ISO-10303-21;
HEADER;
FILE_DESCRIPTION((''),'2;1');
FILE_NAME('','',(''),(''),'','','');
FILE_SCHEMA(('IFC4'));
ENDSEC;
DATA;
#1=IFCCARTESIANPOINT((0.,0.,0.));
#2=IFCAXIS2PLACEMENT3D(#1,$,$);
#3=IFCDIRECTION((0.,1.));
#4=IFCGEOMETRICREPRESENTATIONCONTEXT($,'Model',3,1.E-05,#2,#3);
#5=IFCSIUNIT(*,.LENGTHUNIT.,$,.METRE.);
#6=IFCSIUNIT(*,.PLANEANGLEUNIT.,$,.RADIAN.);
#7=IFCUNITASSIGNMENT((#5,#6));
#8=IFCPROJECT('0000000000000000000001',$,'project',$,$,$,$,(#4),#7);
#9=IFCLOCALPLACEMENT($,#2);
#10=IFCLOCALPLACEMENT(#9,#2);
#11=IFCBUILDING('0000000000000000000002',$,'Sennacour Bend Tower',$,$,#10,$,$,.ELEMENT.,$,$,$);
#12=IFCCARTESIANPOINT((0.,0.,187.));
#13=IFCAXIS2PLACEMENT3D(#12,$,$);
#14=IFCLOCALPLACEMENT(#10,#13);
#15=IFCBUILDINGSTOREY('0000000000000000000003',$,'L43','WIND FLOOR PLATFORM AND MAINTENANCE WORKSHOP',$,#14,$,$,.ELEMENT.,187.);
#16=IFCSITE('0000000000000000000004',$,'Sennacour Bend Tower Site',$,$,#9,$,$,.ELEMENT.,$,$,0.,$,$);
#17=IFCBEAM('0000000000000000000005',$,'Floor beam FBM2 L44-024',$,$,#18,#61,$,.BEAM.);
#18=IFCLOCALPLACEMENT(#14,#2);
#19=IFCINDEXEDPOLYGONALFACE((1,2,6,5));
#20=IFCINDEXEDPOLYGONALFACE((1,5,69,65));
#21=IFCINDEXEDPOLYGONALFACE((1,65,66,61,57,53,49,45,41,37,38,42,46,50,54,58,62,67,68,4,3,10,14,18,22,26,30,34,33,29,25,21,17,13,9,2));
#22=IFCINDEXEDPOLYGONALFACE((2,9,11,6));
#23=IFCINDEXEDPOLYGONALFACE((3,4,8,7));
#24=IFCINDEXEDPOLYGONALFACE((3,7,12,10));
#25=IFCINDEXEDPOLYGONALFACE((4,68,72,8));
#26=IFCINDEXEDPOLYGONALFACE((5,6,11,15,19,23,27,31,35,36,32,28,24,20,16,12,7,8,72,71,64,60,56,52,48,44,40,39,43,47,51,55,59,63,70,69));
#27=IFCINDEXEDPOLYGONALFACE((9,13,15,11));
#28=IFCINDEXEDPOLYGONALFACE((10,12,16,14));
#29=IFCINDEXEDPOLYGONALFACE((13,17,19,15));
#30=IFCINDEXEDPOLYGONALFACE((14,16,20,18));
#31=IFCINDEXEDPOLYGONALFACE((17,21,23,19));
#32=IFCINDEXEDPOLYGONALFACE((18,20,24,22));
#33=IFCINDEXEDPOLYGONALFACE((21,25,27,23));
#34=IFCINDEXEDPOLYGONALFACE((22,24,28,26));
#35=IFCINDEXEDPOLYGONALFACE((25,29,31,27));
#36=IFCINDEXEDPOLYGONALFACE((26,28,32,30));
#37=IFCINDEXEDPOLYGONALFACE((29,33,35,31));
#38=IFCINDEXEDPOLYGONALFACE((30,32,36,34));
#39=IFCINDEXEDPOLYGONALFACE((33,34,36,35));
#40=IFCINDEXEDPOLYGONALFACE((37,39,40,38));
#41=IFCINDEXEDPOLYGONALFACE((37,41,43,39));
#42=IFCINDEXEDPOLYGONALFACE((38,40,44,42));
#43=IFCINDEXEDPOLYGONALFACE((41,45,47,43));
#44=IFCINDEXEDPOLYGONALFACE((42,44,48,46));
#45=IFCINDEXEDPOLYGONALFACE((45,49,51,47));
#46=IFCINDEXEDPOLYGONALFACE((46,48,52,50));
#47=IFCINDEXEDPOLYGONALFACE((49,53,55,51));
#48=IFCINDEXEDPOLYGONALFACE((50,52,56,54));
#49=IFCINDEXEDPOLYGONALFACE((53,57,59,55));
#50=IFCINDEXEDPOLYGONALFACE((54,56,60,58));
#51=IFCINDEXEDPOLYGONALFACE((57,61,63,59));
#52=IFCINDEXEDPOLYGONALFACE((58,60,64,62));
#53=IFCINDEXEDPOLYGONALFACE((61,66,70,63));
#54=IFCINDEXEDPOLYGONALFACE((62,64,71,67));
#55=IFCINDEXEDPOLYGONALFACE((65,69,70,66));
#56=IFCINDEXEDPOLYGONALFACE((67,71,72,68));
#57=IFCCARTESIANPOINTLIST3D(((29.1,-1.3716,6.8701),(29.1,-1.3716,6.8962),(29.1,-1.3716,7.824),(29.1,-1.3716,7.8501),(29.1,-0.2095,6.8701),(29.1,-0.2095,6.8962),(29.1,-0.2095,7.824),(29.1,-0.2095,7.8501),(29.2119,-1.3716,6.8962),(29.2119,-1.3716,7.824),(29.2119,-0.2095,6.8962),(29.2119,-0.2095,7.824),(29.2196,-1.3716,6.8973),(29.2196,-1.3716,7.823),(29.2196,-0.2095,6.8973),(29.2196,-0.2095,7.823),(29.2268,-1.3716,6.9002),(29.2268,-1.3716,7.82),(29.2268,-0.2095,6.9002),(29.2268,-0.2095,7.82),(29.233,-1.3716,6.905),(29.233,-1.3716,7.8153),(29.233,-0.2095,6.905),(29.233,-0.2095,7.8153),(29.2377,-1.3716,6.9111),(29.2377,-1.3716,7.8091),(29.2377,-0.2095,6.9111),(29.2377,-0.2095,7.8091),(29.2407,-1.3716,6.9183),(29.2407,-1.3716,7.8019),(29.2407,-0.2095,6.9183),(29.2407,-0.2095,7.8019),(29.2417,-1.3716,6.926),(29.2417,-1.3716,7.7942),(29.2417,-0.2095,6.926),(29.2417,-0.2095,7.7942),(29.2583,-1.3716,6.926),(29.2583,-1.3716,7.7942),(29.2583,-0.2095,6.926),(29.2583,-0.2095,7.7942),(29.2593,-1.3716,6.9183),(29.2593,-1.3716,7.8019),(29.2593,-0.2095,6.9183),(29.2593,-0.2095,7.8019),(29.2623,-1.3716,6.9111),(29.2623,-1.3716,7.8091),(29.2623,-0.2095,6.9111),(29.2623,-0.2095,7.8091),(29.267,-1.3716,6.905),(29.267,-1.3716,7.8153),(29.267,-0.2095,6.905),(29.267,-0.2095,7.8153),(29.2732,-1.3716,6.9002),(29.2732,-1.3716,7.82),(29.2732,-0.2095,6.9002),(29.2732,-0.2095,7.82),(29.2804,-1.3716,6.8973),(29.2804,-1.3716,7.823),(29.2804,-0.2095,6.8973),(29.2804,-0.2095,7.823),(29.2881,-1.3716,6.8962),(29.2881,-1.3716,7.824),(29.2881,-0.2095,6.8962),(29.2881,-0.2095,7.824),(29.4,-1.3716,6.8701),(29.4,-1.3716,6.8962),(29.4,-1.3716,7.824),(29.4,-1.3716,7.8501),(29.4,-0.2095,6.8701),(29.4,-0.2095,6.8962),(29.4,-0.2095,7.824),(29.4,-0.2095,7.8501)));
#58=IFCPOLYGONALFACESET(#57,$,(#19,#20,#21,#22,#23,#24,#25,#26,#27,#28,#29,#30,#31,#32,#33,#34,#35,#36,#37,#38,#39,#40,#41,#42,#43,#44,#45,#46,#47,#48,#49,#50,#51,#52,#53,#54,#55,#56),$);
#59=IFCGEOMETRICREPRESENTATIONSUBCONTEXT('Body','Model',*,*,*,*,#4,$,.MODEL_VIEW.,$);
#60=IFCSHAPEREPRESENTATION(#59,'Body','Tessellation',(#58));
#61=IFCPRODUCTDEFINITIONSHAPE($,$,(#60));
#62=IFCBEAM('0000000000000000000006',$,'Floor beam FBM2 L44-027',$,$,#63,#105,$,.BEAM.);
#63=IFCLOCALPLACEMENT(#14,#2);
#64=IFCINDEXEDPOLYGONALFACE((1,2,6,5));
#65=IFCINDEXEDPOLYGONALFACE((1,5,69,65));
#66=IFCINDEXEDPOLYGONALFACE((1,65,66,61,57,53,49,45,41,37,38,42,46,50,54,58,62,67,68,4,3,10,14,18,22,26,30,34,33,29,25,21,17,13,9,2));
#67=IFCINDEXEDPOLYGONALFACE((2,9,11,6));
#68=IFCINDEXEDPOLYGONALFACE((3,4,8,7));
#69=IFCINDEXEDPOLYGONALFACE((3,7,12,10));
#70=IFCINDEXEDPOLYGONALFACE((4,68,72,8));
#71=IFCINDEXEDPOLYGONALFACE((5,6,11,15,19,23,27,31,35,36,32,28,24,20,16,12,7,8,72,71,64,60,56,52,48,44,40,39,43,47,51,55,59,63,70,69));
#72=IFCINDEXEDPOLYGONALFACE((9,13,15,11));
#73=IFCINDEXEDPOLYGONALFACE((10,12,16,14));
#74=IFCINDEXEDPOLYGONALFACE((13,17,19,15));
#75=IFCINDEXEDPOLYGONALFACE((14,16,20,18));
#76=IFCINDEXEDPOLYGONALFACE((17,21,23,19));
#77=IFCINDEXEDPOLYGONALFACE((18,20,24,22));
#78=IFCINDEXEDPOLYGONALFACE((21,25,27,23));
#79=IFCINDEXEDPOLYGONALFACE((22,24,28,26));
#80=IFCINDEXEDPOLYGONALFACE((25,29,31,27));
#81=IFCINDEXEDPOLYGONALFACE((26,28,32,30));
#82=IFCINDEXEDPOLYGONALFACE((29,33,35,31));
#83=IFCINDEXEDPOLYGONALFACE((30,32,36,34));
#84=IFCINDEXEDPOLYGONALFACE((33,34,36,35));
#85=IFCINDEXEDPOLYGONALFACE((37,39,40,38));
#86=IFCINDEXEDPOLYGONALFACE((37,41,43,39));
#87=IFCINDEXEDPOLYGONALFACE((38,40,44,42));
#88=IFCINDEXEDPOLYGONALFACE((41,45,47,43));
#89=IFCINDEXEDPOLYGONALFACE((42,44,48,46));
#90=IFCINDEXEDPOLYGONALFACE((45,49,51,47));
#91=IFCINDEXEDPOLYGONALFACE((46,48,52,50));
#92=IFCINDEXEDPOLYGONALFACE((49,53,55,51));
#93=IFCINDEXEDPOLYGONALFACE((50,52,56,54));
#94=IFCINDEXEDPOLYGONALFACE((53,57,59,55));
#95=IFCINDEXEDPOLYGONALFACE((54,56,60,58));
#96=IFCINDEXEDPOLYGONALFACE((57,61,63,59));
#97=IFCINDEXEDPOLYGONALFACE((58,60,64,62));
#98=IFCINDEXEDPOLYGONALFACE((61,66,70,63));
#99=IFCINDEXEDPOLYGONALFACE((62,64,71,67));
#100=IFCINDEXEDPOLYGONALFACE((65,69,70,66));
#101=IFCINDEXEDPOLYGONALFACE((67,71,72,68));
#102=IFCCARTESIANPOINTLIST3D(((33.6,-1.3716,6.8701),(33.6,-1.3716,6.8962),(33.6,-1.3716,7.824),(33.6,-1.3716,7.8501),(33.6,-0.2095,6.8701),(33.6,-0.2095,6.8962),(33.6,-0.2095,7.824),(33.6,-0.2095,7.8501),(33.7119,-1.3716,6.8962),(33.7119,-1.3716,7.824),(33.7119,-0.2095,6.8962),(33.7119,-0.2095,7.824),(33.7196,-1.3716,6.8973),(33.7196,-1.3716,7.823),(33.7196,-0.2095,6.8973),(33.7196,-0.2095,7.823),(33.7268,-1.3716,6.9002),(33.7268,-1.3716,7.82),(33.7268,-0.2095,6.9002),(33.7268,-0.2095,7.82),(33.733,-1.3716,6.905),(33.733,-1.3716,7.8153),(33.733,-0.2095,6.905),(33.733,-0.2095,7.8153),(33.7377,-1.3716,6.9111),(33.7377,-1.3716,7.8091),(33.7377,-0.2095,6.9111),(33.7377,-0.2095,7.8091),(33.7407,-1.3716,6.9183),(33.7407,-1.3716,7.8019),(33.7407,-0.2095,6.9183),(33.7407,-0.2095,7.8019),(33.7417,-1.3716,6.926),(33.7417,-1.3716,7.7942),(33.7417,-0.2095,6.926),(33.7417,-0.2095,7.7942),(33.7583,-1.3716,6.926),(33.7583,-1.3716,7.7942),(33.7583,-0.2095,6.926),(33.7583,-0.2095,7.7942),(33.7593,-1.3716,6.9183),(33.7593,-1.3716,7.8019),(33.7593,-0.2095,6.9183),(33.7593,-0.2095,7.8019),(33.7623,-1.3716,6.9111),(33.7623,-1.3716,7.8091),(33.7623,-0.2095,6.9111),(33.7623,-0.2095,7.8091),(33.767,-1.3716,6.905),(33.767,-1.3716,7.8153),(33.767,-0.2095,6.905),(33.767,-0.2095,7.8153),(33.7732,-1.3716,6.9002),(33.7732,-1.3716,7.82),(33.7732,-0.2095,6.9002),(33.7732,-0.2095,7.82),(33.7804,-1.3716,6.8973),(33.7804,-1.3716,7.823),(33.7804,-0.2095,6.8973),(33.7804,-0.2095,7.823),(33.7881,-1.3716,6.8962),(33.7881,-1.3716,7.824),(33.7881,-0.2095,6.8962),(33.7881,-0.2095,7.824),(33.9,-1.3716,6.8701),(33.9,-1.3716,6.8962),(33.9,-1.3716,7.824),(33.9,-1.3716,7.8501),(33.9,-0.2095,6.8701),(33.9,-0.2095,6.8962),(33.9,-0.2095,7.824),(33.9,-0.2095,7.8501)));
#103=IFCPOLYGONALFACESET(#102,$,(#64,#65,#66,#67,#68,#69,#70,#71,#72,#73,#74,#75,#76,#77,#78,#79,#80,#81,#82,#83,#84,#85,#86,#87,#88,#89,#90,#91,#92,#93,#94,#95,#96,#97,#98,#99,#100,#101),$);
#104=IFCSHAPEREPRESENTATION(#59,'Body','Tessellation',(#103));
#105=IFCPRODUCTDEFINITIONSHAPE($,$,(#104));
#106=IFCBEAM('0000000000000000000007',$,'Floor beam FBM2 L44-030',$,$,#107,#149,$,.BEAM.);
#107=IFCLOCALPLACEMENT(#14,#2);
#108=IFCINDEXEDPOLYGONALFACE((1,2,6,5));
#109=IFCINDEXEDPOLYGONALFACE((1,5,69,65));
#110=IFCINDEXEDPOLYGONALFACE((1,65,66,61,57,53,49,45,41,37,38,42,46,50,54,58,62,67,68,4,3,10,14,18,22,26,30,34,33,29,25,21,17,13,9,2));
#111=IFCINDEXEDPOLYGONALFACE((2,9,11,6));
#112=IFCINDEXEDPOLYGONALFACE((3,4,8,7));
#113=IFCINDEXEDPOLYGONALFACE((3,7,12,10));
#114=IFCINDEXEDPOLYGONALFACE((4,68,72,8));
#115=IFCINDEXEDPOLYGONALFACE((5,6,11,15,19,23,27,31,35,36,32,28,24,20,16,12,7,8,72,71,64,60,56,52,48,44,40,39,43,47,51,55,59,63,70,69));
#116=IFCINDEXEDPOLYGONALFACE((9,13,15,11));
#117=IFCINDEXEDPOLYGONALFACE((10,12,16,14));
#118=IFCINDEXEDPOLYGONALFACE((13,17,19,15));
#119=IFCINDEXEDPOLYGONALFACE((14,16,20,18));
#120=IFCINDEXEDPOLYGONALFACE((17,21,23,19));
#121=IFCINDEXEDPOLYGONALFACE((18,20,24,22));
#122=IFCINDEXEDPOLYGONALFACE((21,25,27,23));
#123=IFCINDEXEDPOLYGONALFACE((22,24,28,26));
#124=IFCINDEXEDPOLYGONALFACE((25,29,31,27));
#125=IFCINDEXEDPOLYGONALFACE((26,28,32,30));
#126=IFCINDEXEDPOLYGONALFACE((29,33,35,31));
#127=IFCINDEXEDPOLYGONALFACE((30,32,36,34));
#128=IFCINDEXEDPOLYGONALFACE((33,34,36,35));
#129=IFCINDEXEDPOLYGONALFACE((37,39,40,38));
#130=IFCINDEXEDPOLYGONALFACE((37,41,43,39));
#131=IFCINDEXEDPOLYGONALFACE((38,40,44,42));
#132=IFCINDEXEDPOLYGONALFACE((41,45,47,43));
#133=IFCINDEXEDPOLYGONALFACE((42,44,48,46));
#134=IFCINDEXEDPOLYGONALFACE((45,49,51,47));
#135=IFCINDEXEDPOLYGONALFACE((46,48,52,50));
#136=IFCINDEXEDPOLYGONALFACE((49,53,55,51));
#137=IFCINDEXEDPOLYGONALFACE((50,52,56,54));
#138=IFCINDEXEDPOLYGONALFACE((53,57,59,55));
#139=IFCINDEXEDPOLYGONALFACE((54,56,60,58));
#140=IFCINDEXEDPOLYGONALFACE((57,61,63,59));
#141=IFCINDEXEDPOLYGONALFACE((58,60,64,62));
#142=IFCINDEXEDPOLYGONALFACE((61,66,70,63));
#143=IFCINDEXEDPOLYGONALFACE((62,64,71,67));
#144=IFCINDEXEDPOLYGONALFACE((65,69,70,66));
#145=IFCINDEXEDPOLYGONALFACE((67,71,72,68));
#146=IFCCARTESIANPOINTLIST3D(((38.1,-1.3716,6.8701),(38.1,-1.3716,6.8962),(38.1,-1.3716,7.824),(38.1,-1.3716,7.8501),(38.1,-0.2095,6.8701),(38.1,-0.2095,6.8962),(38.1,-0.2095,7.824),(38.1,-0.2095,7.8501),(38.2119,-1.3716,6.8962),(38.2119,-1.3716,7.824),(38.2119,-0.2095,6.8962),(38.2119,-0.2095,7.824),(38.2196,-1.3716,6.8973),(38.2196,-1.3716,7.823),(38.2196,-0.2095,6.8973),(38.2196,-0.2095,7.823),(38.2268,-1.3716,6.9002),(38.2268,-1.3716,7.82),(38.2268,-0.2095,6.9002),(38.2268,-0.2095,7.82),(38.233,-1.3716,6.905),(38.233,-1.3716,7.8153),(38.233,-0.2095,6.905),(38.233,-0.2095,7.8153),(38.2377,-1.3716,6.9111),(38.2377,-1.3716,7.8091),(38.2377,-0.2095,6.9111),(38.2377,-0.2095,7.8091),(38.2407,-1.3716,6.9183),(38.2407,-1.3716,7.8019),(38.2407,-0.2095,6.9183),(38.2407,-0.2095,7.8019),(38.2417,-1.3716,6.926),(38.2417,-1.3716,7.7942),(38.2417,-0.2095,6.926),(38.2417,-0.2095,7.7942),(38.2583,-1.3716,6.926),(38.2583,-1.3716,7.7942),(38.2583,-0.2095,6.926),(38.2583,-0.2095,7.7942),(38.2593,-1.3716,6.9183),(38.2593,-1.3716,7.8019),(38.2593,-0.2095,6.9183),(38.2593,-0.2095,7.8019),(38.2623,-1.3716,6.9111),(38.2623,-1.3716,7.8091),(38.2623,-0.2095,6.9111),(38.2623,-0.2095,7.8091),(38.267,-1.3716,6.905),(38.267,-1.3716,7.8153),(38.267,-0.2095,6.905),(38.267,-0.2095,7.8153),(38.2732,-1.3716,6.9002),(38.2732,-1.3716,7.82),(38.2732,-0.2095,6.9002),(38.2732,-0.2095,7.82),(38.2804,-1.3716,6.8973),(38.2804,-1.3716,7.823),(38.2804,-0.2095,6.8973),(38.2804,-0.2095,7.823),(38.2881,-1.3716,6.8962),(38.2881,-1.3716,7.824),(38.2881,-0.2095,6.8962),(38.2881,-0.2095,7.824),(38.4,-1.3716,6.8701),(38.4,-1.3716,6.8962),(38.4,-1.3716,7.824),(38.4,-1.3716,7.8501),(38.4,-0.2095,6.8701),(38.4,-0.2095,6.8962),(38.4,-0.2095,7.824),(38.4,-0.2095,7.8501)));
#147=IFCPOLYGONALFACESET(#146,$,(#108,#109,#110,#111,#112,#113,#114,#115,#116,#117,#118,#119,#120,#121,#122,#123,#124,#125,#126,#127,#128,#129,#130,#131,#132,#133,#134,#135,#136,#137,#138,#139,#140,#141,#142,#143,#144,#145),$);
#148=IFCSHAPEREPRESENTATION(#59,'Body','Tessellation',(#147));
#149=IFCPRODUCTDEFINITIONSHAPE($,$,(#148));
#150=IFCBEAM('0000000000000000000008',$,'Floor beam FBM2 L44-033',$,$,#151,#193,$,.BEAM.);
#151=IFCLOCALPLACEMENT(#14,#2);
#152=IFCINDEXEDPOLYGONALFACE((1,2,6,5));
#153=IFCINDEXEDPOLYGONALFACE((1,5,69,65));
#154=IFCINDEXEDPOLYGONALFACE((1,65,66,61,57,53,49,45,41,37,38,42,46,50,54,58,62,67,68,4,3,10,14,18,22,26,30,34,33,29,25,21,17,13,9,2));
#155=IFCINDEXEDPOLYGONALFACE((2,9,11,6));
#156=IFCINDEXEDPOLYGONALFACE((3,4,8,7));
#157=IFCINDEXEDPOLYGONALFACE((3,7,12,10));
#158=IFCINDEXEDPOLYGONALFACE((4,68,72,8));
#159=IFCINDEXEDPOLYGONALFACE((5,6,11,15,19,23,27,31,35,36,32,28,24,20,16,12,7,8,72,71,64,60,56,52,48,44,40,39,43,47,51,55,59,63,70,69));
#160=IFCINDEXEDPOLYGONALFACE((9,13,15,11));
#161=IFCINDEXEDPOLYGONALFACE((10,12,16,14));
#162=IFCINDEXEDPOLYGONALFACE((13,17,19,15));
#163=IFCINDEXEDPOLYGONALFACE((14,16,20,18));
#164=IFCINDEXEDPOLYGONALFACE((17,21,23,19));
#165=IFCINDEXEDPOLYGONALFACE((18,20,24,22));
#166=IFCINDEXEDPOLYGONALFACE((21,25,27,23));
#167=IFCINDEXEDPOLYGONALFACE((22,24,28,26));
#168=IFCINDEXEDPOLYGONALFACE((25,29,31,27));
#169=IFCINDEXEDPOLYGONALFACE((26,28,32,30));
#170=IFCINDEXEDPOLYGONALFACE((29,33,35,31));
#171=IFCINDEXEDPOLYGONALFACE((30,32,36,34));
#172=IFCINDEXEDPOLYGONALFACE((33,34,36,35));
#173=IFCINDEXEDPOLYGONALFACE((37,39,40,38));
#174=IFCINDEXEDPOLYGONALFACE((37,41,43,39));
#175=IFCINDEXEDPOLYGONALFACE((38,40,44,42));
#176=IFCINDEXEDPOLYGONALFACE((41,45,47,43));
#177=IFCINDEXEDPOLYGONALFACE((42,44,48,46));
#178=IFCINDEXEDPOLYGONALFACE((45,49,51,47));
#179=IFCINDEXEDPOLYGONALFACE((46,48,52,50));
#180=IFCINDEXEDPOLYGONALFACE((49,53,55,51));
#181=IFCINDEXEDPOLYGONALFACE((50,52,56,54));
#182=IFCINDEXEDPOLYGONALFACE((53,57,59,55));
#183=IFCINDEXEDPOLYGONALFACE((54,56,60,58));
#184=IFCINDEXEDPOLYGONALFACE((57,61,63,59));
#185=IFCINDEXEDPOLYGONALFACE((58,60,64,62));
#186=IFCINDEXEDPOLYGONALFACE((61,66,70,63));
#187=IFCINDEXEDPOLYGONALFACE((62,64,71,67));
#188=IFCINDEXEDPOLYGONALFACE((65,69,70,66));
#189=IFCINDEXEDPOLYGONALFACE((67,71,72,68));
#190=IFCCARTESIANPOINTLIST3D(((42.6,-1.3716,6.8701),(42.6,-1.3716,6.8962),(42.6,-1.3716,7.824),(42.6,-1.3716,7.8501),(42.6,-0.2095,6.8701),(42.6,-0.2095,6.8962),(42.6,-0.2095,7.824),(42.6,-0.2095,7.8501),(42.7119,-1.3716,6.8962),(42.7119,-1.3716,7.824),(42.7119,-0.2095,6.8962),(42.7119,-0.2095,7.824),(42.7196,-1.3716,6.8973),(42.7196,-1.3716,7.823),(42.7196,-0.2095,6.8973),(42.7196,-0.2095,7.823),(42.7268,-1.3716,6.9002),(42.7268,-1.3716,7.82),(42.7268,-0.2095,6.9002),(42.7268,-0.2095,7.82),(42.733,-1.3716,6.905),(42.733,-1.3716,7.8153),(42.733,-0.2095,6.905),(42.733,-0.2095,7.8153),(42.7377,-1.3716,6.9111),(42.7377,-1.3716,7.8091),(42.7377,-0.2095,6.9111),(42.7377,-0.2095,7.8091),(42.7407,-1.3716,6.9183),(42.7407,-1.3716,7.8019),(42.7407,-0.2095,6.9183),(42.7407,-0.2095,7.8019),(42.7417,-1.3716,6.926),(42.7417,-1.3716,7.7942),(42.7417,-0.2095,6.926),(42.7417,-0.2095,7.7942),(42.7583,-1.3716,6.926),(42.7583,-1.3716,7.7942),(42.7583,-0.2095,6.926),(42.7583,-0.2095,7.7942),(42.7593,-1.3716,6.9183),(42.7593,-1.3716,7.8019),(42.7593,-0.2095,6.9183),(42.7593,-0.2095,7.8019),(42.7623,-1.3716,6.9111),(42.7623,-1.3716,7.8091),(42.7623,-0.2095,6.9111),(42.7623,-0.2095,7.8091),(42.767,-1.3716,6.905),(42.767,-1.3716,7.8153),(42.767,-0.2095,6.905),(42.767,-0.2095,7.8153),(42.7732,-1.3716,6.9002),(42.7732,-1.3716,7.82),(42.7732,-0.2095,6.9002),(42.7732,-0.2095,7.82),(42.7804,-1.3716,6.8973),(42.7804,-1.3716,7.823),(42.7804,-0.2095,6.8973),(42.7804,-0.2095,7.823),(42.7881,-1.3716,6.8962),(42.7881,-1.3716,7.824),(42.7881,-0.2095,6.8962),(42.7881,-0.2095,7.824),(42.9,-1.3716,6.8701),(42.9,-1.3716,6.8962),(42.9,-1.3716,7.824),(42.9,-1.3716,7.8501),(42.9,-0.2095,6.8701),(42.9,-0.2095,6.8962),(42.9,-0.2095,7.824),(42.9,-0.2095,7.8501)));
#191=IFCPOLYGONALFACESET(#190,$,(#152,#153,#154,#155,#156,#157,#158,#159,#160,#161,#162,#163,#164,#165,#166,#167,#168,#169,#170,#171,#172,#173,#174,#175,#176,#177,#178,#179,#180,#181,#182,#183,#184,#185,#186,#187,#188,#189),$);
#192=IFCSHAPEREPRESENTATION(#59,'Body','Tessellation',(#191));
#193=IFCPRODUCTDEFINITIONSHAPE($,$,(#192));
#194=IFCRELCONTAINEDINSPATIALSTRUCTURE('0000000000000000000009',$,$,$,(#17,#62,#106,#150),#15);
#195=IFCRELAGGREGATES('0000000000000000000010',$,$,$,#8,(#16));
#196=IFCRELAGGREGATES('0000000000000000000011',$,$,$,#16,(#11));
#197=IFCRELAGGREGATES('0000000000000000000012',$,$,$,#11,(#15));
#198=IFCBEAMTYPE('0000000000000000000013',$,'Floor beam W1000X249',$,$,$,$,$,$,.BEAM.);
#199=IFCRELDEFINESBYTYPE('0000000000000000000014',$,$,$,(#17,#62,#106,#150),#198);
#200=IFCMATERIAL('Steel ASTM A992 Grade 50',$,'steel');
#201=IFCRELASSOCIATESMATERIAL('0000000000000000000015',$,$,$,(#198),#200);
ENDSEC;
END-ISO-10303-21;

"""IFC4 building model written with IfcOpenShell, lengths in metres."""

from ifc_helpers import new_model, si_unit, direction, frame, origin, origin_2d, place, context, subcontext, project, spatial, i_section, extrude, material, material_profile, profile_set, type_object, element, save


model = new_model("IFC4")

# Units and contexts
model_context = context("Model", 3, precision=1e-05, world=origin(), true_north=direction((0.0, 1.0)))
body_context = subcontext(model_context, "Body", "Model", "MODEL_VIEW")
ifc_project = project(units=[si_unit("LENGTHUNIT", "METRE"), si_unit("PLANEANGLEUNIT", "RADIAN")], contexts=[model_context])

# Site, building, storey
site_placement = place(None, origin())
site = spatial("IfcSite", under=ifc_project, at=site_placement, Name="Sennacour Bend Tower Site", CompositionType="ELEMENT", RefElevation=0.0)
building_placement = place(site_placement, origin())
building = spatial("IfcBuilding", under=site, at=building_placement, Name="Sennacour Bend Tower", CompositionType="ELEMENT")
storey_placement = place(building_placement, frame((0.0, 0.0, 187.0)))
storey = spatial("IfcBuildingStorey", under=building, at=storey_placement, Name="L43", Description="WIND FLOOR PLATFORM AND MAINTENANCE WORKSHOP", CompositionType="ELEMENT", Elevation=187.0)

# Shared definitions
ifc_material_1 = material(Name="Steel ASTM A992 Grade 50", Category="steel")

# Beams
ifc_material_profile_1 = material_profile(ifc_material_1, i_section(OverallWidth=0.3, OverallDepth=0.98, WebThickness=0.0166, FlangeThickness=0.0261, FilletRadius=0.0298, at=origin_2d()), Name="Steel ASTM A992 Grade 50", Category="steel")
ifc_profile_set_1 = profile_set([ifc_material_profile_1], Name="Steel ASTM A992 Grade 50")
beam_type_1 = type_object("IfcBeamType", Name="Floor beam W1000X249", PredefinedType="BEAM", material=ifc_profile_set_1)
for number, where, z_axis, x_axis, name in (
    (1, (29.25, -1.3716, 7.3601), (0.0, 1.0, 0.0), (-1.0, 0.0, 0.0), "Floor beam FBM2 L44-024"),
    (2, (33.75, -1.3716, 7.3601), (0.0, 1.0, 0.0), (-1.0, 0.0, 0.0), "Floor beam FBM2 L44-027"),
    (3, (38.25, -1.3716, 7.3601), (0.0, 1.0, 0.0), (-1.0, 0.0, 0.0), "Floor beam FBM2 L44-030"),
    (4, (42.75, -1.3716, 7.3601), (0.0, 1.0, 0.0), (-1.0, 0.0, 0.0), "Floor beam FBM2 L44-033"),
):
    element("IfcBeam", number, at=place(storey_placement, frame(where, z_axis=z_axis, x_axis=x_axis)), inside=storey, type_object=beam_type_1, Name=name, PredefinedType="BEAM", context=body_context, shape_type="SweptSolid", body=[
        extrude(i_section(OverallWidth=0.3, OverallDepth=0.98, WebThickness=0.0166, FlangeThickness=0.0261, FilletRadius=0.0298, at=origin_2d()), origin(), (0.0, 0.0, 1.0), 1.1621),
    ])

save(model, "model.ifc")
